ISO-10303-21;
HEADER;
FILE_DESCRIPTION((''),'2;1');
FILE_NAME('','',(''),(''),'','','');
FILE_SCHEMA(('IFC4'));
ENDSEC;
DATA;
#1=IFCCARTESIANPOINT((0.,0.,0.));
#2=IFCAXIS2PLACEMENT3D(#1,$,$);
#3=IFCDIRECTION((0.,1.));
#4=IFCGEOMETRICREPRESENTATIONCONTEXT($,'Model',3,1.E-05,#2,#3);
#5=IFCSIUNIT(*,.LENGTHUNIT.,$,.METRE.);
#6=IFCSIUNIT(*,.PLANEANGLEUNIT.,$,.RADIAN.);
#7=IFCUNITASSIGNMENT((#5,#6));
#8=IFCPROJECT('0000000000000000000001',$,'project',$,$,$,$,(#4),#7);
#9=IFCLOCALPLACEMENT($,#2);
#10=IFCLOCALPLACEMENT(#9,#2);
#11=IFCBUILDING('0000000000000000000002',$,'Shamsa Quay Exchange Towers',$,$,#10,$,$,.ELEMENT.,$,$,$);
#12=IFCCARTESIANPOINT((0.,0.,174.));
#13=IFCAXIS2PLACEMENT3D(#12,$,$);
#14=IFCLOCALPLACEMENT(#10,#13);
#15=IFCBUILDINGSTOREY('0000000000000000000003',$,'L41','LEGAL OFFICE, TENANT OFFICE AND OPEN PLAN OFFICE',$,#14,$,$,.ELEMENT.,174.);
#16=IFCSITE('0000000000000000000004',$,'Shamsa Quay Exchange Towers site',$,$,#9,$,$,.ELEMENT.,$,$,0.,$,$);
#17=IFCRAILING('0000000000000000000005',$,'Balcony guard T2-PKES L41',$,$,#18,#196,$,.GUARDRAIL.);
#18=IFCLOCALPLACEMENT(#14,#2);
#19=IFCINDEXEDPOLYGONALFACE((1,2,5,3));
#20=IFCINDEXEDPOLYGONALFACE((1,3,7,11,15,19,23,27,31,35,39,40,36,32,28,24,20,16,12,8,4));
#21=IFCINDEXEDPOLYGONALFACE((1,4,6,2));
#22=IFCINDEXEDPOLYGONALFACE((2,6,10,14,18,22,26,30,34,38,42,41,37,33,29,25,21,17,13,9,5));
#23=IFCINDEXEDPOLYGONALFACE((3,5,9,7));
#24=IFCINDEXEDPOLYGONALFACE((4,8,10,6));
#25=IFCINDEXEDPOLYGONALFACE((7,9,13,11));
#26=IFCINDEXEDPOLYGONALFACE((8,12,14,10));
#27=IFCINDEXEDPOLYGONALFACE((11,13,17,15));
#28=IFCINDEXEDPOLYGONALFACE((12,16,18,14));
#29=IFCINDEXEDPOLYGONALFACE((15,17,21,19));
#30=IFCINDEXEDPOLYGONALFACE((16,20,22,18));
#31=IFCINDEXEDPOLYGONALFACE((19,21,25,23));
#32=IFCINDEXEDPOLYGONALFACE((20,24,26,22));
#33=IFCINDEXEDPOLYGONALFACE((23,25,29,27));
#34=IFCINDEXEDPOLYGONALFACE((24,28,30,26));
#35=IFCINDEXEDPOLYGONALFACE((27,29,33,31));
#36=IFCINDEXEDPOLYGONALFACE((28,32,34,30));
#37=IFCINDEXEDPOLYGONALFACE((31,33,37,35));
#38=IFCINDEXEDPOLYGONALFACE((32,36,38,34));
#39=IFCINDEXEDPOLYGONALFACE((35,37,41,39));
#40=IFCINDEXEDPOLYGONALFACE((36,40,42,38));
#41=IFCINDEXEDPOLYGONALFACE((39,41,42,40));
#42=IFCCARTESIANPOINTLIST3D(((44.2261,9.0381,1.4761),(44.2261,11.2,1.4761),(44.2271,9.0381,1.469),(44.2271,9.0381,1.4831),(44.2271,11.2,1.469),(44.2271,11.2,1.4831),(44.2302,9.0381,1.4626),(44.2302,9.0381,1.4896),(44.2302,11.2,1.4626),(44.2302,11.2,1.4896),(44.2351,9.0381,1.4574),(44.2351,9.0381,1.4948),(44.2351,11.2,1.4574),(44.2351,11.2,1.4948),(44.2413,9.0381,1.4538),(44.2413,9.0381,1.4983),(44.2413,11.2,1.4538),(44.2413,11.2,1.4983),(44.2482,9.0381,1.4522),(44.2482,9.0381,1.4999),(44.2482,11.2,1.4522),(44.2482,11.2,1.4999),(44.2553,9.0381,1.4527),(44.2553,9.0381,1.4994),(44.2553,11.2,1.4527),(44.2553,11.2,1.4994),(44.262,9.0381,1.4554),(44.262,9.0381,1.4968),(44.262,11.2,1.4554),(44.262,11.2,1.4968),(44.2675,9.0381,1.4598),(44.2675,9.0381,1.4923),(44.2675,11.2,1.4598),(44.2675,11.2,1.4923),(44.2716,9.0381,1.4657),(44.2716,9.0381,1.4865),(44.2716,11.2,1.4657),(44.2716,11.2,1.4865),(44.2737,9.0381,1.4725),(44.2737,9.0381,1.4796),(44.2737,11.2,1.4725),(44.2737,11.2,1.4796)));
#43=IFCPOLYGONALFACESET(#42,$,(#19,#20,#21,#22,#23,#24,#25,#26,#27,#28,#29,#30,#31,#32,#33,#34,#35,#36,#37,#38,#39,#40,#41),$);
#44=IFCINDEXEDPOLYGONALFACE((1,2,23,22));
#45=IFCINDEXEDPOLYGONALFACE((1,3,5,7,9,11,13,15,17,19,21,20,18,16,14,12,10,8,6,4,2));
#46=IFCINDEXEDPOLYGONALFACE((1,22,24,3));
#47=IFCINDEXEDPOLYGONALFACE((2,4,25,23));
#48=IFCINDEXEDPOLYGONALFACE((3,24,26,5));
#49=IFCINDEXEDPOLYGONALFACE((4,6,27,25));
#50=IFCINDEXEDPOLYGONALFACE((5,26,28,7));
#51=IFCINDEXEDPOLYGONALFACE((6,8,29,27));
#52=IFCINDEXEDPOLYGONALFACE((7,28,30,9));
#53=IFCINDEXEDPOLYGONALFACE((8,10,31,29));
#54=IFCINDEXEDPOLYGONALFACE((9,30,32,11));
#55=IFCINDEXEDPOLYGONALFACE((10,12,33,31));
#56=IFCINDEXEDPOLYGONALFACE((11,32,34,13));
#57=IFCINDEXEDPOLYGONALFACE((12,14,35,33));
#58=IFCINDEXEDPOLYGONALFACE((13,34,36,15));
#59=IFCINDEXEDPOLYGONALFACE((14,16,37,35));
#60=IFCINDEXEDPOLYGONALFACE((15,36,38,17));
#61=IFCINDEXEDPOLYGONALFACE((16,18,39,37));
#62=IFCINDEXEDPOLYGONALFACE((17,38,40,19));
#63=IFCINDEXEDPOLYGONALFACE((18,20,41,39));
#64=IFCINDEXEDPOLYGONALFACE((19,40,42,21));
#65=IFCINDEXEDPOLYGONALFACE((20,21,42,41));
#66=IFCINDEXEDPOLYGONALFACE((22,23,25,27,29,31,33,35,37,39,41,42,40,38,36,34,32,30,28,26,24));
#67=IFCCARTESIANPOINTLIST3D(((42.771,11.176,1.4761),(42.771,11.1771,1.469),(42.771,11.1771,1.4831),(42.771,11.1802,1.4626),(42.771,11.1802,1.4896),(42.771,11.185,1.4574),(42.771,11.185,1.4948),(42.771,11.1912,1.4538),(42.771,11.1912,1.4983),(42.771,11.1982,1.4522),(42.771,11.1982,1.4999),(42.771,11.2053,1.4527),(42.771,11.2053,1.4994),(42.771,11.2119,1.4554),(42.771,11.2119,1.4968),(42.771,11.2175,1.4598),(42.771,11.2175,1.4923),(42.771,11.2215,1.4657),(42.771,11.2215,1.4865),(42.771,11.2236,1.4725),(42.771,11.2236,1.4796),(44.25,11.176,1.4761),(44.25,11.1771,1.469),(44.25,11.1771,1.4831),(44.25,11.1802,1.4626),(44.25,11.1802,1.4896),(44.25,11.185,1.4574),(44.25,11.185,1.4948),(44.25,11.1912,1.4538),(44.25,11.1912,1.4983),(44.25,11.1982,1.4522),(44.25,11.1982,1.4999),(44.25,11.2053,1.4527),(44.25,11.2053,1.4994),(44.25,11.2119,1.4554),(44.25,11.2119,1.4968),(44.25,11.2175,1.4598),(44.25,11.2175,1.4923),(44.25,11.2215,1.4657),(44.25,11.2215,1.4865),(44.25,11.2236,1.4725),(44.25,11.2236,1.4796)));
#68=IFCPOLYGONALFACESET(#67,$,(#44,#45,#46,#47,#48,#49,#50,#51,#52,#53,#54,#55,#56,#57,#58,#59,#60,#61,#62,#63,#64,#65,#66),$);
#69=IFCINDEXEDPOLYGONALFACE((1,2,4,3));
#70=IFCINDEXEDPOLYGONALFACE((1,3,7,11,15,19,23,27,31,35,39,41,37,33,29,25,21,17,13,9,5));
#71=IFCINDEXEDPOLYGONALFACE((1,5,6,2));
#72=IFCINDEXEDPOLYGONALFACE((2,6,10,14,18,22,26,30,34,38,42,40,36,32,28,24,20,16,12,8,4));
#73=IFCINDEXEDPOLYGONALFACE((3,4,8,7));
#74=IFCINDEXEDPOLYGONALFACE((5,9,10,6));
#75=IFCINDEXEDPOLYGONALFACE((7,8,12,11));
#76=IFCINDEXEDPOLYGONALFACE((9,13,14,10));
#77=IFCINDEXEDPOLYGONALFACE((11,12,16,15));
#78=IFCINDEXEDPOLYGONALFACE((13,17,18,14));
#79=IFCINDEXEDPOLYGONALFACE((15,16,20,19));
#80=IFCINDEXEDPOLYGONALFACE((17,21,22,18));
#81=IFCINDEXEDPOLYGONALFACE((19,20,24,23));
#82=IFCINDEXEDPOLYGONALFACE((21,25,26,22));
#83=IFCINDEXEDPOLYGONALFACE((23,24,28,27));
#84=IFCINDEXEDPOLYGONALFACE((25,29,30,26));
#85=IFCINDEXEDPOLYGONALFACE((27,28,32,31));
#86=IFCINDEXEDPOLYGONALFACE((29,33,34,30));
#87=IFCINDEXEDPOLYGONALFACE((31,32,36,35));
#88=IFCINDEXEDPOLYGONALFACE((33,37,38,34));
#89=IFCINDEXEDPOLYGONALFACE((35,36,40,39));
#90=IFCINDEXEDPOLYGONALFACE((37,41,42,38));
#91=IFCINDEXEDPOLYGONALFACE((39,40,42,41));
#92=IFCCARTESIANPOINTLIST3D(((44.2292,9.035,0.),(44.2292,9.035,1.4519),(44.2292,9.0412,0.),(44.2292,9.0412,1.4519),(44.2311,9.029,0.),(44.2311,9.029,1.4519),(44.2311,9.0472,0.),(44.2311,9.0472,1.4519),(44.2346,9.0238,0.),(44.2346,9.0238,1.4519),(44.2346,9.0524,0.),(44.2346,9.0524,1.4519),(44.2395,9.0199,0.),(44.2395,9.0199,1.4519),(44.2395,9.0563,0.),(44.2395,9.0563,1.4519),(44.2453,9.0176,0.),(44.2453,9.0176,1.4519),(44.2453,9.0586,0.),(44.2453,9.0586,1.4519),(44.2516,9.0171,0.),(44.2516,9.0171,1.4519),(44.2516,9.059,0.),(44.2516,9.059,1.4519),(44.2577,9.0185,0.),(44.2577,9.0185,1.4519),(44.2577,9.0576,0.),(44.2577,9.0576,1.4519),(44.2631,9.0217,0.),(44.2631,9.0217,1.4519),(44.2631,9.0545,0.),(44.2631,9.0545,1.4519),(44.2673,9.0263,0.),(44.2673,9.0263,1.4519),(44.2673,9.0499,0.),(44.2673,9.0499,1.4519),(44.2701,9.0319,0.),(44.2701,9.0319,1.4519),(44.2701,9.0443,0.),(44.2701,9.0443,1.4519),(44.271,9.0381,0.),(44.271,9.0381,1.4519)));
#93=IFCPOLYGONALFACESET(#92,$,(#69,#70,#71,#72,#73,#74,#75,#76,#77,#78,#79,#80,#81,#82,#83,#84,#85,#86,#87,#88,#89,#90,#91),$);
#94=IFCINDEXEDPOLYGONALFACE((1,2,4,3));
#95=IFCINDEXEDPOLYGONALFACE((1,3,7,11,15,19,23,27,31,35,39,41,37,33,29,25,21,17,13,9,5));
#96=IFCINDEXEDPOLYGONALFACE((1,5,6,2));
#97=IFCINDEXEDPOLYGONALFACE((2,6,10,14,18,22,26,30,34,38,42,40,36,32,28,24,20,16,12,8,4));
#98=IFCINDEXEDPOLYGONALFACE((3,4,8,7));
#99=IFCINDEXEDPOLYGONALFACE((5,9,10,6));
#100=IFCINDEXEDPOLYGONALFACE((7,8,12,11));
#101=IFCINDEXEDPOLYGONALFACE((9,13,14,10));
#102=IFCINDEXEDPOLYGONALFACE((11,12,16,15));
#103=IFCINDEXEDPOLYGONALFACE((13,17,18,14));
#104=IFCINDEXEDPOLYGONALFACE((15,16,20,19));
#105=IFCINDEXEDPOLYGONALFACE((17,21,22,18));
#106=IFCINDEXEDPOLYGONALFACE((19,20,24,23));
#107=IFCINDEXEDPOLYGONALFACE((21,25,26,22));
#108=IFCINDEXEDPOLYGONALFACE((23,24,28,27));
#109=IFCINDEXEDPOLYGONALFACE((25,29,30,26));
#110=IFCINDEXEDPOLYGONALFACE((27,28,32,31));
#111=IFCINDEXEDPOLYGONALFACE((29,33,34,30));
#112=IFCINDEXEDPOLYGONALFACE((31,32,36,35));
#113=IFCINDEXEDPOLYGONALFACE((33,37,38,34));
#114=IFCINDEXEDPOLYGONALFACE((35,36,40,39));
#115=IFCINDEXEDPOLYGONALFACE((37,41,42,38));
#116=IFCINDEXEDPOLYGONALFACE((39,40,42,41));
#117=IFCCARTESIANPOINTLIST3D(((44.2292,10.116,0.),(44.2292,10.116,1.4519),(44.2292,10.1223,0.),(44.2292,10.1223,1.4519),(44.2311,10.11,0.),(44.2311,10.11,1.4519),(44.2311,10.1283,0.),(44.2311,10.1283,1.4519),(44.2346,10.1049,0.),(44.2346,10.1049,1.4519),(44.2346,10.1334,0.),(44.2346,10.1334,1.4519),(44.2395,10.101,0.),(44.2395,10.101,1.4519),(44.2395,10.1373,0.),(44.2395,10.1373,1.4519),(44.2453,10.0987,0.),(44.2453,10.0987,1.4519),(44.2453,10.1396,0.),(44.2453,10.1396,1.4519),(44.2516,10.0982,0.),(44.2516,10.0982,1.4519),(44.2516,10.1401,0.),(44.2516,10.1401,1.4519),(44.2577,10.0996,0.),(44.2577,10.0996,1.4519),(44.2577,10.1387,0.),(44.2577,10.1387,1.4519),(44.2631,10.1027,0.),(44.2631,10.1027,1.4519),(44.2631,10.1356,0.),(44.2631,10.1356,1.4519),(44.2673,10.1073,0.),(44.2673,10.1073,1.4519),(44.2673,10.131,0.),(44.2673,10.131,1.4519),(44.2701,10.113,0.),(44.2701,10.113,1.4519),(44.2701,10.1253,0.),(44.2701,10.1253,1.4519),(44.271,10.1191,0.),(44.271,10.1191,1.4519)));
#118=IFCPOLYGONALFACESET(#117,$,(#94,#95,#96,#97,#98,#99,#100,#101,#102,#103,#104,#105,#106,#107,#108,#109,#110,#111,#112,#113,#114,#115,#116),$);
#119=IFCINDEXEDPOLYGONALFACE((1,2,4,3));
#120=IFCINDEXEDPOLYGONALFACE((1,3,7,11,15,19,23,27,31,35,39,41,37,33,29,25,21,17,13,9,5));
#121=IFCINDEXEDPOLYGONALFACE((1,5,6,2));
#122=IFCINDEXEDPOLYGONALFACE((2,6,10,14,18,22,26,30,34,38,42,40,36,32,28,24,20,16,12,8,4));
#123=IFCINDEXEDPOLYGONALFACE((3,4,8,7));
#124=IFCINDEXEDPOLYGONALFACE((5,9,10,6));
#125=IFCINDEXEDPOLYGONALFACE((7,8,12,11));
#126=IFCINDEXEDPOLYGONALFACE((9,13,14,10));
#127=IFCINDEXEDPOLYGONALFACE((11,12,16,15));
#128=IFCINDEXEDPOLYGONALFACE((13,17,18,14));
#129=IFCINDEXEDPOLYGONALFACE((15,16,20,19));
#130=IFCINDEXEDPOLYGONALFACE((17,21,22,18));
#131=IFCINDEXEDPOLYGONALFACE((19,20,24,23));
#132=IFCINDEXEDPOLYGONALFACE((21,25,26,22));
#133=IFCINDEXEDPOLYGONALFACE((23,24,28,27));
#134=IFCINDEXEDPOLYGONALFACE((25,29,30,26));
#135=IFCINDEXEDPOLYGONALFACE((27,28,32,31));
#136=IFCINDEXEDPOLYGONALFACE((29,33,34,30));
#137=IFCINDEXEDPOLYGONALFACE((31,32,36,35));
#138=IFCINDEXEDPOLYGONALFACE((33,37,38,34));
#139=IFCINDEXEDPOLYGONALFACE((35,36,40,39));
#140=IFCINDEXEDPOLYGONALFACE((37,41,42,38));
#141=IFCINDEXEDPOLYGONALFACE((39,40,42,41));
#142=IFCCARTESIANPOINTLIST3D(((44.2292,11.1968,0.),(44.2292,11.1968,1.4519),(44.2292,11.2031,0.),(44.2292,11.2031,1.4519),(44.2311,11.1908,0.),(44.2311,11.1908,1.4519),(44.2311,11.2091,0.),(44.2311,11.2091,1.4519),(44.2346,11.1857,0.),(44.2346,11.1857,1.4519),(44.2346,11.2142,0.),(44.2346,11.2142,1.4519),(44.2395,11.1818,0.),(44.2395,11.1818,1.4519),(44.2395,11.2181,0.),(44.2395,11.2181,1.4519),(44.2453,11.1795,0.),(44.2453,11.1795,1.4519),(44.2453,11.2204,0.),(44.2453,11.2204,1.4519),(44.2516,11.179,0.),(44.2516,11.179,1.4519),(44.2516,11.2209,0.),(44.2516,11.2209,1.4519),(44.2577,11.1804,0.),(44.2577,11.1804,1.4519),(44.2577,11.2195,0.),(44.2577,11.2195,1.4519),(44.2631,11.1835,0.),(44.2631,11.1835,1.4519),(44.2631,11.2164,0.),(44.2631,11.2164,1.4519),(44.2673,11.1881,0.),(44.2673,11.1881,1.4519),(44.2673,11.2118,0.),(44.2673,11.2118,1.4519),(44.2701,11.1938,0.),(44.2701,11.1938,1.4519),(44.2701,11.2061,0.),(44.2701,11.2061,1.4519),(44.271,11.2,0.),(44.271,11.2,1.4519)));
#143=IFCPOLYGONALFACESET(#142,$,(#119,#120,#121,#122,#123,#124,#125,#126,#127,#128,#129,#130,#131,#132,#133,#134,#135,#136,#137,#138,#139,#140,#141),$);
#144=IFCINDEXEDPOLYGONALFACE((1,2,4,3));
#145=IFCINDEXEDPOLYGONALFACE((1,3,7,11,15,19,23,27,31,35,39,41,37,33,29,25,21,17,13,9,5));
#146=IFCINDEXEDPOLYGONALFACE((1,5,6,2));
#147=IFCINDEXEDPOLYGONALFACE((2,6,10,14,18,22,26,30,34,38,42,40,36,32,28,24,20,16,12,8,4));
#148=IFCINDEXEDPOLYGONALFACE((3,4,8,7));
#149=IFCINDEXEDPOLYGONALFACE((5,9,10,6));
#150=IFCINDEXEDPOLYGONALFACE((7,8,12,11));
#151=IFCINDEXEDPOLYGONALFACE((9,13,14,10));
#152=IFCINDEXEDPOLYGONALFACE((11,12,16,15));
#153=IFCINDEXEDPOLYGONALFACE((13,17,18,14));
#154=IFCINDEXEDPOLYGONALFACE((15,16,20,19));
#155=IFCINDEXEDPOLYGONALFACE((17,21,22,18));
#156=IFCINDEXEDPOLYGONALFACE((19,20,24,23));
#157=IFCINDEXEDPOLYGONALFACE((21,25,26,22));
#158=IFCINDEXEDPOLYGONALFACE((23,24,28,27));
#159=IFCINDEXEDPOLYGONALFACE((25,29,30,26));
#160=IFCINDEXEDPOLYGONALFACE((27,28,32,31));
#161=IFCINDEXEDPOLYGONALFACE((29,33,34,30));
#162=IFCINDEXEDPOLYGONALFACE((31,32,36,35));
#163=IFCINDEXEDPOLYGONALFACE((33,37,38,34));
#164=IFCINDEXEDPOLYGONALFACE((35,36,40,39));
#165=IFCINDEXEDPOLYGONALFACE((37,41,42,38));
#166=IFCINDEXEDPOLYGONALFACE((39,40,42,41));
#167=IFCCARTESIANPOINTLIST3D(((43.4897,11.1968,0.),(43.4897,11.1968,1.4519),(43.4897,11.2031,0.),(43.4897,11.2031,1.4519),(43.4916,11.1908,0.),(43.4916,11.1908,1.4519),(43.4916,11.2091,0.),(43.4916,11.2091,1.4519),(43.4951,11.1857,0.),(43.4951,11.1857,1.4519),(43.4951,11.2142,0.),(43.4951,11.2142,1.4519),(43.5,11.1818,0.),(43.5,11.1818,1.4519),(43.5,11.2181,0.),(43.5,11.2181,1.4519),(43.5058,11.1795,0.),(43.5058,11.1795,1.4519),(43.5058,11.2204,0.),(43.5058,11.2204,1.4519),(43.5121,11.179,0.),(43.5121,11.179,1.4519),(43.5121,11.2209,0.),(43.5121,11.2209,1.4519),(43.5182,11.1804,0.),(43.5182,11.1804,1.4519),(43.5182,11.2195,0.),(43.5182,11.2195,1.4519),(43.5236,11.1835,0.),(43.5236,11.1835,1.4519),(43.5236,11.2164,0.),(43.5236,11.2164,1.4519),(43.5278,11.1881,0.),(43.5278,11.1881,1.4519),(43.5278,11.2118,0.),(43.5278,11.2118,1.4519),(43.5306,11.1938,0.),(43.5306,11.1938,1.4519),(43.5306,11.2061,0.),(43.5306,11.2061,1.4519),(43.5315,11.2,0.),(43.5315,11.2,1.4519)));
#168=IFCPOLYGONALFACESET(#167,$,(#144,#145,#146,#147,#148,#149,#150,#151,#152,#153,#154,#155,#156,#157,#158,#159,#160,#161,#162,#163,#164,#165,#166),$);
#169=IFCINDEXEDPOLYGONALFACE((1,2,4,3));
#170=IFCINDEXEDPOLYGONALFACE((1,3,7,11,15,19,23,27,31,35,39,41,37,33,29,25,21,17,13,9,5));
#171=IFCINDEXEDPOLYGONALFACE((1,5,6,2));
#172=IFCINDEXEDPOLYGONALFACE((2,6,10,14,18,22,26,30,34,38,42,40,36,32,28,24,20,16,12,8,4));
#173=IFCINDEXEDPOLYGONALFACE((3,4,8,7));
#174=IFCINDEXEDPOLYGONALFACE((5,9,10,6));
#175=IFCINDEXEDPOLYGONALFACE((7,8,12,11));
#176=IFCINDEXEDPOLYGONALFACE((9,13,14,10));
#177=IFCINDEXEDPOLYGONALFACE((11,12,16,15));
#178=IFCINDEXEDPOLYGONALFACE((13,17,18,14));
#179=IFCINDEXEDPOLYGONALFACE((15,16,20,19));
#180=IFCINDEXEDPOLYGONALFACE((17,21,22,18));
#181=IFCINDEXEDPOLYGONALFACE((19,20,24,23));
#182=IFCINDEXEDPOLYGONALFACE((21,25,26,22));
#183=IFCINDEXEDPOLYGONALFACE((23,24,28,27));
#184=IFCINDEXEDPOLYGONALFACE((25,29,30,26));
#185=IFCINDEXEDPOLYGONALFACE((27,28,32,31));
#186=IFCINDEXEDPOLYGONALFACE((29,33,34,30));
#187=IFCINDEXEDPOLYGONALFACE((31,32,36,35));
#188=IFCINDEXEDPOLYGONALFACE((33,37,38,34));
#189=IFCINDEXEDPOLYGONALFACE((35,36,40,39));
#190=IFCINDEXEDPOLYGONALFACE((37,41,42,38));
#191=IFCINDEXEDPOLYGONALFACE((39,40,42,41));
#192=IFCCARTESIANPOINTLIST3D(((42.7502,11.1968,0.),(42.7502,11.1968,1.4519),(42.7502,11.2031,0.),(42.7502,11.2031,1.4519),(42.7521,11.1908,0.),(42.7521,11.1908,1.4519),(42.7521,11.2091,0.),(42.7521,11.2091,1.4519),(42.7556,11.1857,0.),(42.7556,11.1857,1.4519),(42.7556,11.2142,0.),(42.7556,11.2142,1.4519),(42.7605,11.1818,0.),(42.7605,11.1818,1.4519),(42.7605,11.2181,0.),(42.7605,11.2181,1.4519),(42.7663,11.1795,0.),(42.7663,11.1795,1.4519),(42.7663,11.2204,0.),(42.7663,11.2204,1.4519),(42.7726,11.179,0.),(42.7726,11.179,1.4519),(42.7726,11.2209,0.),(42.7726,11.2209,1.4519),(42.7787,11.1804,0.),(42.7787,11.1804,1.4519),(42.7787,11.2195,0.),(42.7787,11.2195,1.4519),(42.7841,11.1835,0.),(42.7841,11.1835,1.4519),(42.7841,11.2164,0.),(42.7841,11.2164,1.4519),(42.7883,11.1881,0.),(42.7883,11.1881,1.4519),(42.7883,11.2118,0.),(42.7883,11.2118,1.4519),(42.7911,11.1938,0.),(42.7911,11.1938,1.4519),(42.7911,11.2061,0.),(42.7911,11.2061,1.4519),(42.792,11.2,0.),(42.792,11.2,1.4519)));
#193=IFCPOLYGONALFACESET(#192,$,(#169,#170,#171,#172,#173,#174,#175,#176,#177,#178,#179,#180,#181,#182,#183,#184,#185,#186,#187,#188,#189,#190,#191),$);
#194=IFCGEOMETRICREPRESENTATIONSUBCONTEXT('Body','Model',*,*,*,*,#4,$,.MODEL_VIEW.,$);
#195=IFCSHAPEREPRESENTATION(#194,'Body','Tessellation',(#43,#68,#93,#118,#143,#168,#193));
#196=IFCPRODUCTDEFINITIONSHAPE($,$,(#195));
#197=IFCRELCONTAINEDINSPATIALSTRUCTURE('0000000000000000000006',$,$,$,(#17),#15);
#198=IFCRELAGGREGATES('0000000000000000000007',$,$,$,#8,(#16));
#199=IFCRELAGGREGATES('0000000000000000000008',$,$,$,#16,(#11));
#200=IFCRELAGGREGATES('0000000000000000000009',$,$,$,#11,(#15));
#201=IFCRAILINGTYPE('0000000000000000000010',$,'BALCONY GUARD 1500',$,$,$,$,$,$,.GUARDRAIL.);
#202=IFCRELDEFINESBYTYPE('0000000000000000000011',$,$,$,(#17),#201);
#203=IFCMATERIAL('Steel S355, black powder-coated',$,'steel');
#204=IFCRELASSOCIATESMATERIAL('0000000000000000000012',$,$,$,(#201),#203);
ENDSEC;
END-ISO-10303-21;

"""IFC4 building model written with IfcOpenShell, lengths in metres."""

from ifc_helpers import new_model, si_unit, direction, frame, origin, origin_2d, place, context, subcontext, project, spatial, circle, extrude, material, type_object, element, save


model = new_model("IFC4")

# Units and contexts
model_context = context("Model", 3, precision=1e-05, world=origin(), true_north=direction((0.0, 1.0)))
body_context = subcontext(model_context, "Body", "Model", "MODEL_VIEW")
ifc_project = project(units=[si_unit("LENGTHUNIT", "METRE"), si_unit("PLANEANGLEUNIT", "RADIAN")], contexts=[model_context])

# Site, building, storey
site_placement = place(None, origin())
site = spatial("IfcSite", under=ifc_project, at=site_placement, Name="Shamsa Quay Exchange Towers site", CompositionType="ELEMENT", RefElevation=0.0)
building_placement = place(site_placement, origin())
building = spatial("IfcBuilding", under=site, at=building_placement, Name="Shamsa Quay Exchange Towers", CompositionType="ELEMENT")
storey_placement = place(building_placement, frame((0.0, 0.0, 174.0)))
storey = spatial("IfcBuildingStorey", under=building, at=storey_placement, Name="L41", Description="LEGAL OFFICE, TENANT OFFICE AND OPEN PLAN OFFICE", CompositionType="ELEMENT", Elevation=174.0)

# Railing
ifc_material_1 = material(Name="Steel S355, black powder-coated", Category="steel")
railing_type_1 = type_object("IfcRailingType", Name="BALCONY GUARD 1500", PredefinedType="GUARDRAIL", material=ifc_material_1)
for number, where, name in (
    (1, (44.25, 9.0381, 0.0), "Balcony guard T2-PKES L41"),
):
    element("IfcRailing", number, at=place(storey_placement, frame(where)), inside=storey, type_object=railing_type_1, Name=name, PredefinedType="GUARDRAIL", context=body_context, shape_type="SweptSolid", body=[
        extrude(circle(Radius=0.0239, at=origin_2d()), frame((0.0, 0.0, 1.4761), z_axis=(0.0, 1.0, 0.0), x_axis=(-1.0, 0.0, 0.0)), (0.0, 0.0, 1.0), 2.1619),
        extrude(circle(Radius=0.0239, at=origin_2d()), frame((0.0, 2.1619, 1.4761), z_axis=(-1.0, 0.0, 0.0), x_axis=(0.0, -1.0, 0.0)), (0.0, 0.0, 1.0), 1.479),
        extrude(circle(Radius=0.021, at=origin_2d()), origin(), (0.0, 0.0, 1.0), 1.4519),
        extrude(circle(Radius=0.021, at=origin_2d()), frame((0.0, 1.0811, 0.0)), (0.0, 0.0, 1.0), 1.4519),
        extrude(circle(Radius=0.021, at=origin_2d()), frame((0.0, 2.1619, 0.0)), (0.0, 0.0, 1.0), 1.4519),
        extrude(circle(Radius=0.021, at=origin_2d()), frame((-0.7395, 2.1619, 0.0)), (0.0, 0.0, 1.0), 1.4519),
        extrude(circle(Radius=0.021, at=origin_2d()), frame((-1.479, 2.1619, 0.0)), (0.0, 0.0, 1.0), 1.4519),
    ])

save(model, "model.ifc")
